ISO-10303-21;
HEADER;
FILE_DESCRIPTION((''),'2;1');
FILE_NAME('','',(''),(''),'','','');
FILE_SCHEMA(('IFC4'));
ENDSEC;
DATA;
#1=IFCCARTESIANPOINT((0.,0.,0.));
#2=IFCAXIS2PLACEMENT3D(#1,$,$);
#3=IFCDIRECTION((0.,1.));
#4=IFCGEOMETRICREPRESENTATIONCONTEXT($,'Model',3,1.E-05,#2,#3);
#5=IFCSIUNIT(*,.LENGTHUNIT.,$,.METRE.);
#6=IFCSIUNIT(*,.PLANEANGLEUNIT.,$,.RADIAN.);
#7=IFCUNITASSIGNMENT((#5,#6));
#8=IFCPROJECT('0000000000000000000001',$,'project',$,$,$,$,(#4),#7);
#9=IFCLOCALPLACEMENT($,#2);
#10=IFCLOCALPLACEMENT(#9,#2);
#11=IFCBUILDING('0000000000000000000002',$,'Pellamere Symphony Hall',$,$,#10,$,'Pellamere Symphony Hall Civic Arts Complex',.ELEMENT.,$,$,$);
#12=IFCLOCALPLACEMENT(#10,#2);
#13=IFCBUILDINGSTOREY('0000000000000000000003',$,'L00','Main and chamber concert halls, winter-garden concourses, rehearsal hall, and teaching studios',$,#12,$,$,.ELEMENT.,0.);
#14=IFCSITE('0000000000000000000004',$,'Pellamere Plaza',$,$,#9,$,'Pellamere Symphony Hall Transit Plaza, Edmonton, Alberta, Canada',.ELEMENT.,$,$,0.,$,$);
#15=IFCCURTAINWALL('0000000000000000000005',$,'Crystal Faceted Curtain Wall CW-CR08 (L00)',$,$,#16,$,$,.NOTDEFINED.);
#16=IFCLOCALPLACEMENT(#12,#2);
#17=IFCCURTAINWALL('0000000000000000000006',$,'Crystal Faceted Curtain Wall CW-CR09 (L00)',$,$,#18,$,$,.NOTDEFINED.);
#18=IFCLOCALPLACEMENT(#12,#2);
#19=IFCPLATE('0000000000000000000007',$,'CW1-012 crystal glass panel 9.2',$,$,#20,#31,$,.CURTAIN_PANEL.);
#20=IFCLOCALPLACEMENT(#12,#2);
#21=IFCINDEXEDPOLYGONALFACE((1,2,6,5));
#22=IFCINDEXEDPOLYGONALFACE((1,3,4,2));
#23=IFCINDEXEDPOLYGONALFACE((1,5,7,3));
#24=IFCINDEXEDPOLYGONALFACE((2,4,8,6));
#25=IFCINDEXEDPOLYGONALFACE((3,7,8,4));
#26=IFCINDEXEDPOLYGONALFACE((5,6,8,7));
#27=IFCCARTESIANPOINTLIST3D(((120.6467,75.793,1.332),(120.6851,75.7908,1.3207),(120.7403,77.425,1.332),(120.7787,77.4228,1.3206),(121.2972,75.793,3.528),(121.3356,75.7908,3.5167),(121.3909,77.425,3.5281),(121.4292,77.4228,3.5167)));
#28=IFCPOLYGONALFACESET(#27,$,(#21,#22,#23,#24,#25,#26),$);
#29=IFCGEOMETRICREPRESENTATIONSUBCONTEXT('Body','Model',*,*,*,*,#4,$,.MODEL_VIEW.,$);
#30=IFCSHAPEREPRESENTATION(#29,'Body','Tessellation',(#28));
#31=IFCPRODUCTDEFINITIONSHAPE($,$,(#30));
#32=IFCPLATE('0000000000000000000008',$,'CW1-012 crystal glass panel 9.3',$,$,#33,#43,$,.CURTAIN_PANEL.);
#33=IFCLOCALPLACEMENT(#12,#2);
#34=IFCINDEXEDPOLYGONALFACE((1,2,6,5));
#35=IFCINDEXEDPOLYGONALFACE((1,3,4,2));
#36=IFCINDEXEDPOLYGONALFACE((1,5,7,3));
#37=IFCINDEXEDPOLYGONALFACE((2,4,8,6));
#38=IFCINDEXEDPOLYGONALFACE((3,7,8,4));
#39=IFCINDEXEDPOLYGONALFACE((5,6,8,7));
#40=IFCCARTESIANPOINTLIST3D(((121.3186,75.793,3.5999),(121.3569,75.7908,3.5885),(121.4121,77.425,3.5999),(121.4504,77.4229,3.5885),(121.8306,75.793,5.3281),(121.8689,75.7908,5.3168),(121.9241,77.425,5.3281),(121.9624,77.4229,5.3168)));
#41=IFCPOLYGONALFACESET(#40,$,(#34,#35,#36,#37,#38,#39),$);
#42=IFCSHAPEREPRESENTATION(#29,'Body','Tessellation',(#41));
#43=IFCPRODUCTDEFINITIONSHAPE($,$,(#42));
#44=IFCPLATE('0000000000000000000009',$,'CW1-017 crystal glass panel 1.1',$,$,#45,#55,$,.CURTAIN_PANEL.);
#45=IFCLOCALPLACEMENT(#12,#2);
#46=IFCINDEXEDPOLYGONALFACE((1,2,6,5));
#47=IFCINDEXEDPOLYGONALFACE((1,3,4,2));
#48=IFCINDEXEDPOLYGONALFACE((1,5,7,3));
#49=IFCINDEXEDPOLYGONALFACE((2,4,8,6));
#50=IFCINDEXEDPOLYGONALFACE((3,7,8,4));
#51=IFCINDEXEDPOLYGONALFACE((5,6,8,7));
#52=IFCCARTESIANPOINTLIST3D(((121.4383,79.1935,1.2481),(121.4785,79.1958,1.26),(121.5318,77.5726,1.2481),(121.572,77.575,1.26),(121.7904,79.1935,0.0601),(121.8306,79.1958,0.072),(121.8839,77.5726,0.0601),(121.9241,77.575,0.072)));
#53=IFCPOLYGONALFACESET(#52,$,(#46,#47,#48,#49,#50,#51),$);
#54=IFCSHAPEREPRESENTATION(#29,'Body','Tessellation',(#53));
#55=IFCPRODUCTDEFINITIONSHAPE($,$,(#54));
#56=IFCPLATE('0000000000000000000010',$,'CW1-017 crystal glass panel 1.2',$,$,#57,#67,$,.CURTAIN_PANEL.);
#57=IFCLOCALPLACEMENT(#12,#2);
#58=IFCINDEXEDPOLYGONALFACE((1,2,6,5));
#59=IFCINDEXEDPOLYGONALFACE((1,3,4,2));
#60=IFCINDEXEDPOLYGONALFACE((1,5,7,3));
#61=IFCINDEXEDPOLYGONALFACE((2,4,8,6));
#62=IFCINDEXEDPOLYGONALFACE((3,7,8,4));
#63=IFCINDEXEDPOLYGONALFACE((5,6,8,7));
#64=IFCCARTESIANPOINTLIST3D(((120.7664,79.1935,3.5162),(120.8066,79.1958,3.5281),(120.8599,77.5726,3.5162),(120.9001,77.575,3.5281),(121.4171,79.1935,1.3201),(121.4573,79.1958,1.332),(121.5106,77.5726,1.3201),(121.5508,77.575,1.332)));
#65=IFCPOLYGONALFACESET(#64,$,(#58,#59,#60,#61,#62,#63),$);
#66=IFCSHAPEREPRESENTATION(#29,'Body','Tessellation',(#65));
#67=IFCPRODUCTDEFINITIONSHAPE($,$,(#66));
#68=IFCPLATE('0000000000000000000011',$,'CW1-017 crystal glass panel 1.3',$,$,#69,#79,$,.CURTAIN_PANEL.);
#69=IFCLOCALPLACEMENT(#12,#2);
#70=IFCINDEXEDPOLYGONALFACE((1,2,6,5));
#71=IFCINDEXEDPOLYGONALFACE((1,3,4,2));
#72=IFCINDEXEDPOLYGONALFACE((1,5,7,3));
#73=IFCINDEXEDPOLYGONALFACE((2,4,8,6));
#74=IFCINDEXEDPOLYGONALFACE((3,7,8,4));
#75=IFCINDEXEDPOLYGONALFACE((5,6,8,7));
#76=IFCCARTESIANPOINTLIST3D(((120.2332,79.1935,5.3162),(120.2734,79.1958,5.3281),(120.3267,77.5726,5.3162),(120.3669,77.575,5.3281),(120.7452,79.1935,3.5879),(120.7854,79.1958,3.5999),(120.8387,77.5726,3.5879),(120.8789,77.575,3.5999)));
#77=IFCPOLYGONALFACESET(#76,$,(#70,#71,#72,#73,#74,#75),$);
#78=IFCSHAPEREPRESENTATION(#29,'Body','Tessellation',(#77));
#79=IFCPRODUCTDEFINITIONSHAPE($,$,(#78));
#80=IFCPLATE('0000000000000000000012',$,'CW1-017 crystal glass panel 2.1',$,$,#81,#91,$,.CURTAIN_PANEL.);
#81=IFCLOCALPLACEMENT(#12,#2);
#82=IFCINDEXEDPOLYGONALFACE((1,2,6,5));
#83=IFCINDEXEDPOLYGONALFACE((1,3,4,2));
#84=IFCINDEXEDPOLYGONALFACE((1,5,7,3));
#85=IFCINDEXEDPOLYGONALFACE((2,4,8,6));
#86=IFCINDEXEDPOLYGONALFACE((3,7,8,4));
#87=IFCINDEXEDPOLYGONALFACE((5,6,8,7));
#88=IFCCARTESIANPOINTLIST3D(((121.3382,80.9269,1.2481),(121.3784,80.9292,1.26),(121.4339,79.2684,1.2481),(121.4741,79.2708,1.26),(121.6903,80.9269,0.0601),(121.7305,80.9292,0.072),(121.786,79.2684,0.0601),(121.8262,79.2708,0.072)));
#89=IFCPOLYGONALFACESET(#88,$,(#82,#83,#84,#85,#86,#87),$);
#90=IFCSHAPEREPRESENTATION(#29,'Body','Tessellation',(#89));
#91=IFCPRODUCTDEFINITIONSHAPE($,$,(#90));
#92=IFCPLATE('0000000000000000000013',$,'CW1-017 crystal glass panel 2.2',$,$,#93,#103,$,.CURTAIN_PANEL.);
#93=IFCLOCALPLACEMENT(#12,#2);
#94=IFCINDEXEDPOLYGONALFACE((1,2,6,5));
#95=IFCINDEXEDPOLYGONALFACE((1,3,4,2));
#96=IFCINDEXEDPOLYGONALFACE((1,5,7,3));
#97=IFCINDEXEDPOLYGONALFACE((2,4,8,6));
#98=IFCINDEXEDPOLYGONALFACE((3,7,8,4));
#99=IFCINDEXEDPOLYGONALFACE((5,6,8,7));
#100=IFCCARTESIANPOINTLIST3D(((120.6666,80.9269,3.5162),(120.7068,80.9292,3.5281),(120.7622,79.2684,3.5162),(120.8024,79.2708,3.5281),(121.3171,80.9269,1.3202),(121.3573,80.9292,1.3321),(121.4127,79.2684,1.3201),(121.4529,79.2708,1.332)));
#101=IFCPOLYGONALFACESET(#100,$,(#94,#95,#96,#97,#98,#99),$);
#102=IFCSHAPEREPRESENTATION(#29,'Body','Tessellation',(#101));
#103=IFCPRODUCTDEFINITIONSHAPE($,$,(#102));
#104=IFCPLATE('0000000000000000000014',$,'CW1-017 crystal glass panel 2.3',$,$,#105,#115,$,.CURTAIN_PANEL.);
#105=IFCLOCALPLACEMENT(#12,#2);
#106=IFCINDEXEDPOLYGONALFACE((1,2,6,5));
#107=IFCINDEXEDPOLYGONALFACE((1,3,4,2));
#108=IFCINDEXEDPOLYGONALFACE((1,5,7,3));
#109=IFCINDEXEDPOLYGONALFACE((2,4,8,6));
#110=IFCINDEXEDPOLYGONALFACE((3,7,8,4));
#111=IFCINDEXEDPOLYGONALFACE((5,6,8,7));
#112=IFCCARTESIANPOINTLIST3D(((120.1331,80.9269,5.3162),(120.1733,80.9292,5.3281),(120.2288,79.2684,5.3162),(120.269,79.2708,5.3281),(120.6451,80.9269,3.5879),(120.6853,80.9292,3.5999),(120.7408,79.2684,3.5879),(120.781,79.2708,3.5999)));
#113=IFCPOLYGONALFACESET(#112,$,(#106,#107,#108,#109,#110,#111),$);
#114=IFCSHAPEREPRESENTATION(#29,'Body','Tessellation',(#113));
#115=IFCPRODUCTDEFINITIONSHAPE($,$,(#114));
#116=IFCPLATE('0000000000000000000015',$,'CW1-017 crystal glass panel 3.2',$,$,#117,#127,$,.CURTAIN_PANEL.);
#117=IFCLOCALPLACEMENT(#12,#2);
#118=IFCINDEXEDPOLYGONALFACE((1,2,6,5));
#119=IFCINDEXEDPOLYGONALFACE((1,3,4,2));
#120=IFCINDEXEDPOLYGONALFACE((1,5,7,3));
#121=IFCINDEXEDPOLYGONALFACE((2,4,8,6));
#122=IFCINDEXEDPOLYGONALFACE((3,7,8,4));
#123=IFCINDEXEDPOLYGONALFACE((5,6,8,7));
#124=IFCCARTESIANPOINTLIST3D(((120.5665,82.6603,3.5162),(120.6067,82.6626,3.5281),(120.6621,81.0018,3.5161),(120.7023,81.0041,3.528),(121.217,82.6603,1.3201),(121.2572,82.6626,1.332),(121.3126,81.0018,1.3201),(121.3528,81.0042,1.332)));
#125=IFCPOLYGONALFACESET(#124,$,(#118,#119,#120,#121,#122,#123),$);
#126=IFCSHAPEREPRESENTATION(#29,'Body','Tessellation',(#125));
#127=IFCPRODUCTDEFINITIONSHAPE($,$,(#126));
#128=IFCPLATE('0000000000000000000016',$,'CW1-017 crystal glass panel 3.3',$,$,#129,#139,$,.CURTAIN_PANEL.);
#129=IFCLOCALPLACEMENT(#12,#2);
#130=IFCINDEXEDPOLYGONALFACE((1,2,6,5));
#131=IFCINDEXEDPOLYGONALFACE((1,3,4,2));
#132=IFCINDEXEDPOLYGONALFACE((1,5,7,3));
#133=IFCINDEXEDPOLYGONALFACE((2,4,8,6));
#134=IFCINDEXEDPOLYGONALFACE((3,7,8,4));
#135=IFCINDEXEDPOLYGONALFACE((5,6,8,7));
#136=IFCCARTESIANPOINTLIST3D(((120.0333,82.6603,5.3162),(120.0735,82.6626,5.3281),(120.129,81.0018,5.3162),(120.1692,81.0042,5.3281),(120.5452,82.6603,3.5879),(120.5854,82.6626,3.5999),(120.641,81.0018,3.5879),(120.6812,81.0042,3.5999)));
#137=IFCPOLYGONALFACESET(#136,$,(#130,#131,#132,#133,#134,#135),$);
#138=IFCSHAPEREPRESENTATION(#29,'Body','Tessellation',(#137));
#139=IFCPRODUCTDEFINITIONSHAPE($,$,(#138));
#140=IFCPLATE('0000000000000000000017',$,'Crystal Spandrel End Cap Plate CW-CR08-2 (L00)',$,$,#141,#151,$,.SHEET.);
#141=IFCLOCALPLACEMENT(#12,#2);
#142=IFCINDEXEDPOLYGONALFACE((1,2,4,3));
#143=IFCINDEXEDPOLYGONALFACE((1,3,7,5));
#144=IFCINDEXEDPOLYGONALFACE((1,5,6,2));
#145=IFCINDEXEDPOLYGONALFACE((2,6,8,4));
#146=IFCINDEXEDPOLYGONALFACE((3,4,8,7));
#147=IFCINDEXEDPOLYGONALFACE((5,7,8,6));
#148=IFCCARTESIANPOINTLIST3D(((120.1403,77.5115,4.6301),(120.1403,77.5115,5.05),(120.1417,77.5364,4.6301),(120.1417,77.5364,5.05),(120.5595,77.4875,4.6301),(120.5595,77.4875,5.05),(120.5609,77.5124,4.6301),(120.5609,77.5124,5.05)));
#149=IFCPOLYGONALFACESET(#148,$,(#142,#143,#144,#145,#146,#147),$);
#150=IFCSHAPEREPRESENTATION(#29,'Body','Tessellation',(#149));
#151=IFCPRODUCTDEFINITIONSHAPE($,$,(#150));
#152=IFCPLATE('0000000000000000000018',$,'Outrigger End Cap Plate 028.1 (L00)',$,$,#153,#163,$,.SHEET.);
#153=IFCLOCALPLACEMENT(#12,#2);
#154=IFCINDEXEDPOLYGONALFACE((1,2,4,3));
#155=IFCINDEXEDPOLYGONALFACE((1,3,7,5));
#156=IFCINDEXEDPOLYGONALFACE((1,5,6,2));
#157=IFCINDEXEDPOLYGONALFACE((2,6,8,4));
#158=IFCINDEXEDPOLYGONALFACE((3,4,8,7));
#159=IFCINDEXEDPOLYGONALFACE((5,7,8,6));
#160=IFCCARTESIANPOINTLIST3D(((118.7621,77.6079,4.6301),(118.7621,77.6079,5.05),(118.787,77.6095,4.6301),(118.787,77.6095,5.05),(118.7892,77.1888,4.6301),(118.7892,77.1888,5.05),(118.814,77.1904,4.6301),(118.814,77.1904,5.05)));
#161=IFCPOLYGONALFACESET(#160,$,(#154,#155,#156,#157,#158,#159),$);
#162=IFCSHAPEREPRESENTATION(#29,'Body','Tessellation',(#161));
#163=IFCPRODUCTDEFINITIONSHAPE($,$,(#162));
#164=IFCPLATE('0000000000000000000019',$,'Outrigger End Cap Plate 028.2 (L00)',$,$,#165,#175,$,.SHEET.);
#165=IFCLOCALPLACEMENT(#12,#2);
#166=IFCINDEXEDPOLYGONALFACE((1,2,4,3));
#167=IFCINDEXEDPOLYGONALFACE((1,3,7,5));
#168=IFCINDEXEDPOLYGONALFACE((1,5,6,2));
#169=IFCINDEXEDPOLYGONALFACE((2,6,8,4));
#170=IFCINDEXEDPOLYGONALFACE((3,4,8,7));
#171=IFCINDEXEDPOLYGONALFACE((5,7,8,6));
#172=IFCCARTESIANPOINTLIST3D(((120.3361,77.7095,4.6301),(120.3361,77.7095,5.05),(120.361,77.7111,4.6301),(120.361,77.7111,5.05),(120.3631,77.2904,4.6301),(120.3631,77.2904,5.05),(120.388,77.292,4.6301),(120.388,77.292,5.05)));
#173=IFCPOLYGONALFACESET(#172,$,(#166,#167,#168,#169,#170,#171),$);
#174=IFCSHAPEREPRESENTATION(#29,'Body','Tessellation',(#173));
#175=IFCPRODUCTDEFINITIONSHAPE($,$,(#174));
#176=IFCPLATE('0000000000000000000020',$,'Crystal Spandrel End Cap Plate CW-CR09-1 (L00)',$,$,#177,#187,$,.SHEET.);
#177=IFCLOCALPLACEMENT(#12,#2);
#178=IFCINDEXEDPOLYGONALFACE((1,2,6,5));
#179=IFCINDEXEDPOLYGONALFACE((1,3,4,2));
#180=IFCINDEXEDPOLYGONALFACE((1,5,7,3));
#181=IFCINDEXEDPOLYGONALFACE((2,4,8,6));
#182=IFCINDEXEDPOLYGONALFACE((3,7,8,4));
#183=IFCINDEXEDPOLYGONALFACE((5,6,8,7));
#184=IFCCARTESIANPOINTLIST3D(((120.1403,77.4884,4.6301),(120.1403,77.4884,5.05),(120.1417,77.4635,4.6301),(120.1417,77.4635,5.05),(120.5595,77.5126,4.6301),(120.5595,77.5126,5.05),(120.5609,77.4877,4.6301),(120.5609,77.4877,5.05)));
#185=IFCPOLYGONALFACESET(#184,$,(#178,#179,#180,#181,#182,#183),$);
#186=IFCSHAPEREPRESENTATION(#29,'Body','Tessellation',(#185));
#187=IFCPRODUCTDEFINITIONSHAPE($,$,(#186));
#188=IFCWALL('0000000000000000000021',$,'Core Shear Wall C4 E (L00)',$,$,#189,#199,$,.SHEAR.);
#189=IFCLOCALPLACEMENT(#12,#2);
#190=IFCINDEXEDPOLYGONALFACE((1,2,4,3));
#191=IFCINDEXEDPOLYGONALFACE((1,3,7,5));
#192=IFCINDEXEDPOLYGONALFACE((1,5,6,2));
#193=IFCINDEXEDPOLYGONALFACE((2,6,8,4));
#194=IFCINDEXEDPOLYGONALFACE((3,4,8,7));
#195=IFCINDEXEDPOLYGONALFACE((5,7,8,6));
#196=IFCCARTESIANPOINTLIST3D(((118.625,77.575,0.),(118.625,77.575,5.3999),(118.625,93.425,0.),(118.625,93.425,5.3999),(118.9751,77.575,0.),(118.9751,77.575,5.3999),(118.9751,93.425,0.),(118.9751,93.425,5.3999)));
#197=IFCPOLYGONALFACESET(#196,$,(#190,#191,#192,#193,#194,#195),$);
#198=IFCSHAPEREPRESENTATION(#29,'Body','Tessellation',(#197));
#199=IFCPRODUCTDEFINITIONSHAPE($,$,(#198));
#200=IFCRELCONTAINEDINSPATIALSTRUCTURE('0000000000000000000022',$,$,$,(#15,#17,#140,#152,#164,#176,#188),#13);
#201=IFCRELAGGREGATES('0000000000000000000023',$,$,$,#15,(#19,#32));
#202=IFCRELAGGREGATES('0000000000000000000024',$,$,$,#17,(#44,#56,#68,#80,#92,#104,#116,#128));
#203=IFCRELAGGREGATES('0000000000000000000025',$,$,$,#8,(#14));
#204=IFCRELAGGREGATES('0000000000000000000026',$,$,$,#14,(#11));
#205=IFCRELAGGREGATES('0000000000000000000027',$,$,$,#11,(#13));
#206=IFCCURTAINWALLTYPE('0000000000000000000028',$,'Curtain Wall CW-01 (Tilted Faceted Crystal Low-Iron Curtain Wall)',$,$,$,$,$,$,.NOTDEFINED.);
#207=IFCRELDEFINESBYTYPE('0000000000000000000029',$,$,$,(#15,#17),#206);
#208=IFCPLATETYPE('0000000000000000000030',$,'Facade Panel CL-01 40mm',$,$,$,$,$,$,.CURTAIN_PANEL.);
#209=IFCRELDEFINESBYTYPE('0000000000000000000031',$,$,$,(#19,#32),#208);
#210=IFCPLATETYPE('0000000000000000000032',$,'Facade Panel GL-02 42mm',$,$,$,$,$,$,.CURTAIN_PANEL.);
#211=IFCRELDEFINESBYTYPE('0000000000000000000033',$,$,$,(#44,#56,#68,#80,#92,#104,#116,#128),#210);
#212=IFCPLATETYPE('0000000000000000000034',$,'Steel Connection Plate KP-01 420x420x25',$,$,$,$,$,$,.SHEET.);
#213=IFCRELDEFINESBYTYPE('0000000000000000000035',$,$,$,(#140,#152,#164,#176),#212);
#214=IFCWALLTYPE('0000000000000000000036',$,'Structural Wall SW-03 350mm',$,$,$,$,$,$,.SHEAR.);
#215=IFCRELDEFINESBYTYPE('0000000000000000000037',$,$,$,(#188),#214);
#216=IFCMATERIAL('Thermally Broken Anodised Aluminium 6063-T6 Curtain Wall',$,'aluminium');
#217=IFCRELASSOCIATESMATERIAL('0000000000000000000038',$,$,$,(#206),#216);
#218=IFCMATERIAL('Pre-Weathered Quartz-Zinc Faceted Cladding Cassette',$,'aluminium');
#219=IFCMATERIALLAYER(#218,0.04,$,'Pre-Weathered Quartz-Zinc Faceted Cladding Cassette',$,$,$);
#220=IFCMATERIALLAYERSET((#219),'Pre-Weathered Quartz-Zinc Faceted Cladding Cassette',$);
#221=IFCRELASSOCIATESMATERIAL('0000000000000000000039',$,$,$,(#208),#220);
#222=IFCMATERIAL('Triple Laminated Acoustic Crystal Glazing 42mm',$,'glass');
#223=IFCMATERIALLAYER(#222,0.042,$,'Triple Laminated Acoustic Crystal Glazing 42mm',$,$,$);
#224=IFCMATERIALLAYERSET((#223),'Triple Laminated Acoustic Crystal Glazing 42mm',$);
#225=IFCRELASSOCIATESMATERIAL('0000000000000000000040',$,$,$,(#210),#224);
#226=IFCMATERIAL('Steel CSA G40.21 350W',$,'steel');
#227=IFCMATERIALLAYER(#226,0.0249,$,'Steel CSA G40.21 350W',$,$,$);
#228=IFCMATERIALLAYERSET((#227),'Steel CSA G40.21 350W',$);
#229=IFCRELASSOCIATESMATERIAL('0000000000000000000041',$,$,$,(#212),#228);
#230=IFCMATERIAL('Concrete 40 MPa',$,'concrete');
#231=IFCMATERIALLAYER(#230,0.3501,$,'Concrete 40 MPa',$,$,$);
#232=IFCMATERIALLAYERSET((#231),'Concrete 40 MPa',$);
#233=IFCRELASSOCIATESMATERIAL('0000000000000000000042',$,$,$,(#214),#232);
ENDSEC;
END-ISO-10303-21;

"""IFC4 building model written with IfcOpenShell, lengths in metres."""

from ifc_helpers import new_model, si_unit, direction, frame, frame_2d, origin, origin_2d, place, context, subcontext, project, spatial, polyline, rectangle, outline, extrude, material, layer, layer_set, type_object, element, aggregate, save


model = new_model("IFC4")

# Units and contexts
model_context = context("Model", 3, precision=1e-05, world=origin(), true_north=direction((0.0, 1.0)))
body_context = subcontext(model_context, "Body", "Model", "MODEL_VIEW")
ifc_project = project(units=[si_unit("LENGTHUNIT", "METRE"), si_unit("PLANEANGLEUNIT", "RADIAN")], contexts=[model_context])

# Site, building, storey
site_placement = place(None, origin())
site = spatial("IfcSite", under=ifc_project, at=site_placement, Name="Pellamere Plaza", LongName="Pellamere Symphony Hall Transit Plaza, Edmonton, Alberta, Canada", CompositionType="ELEMENT", RefElevation=0.0)
building_placement = place(site_placement, origin())
building = spatial("IfcBuilding", under=site, at=building_placement, Name="Pellamere Symphony Hall", LongName="Pellamere Symphony Hall Civic Arts Complex", CompositionType="ELEMENT")
storey_placement = place(building_placement, origin())
storey = spatial("IfcBuildingStorey", under=building, at=storey_placement, Name="L00", Description="Main and chamber concert halls, winter-garden concourses, rehearsal hall, and teaching studios", CompositionType="ELEMENT", Elevation=0.0)

# Shared definitions
ifc_material_1 = material(Name="Concrete 40 MPa", Category="concrete")

# Curtain wall
ifc_material_2 = material(Name="Thermally Broken Anodised Aluminium 6063-T6 Curtain Wall", Category="aluminium")
curtain_wall_type = type_object("IfcCurtainWallType", Name="Curtain Wall CW-01 (Tilted Faceted Crystal Low-Iron Curtain Wall)", PredefinedType="NOTDEFINED", material=ifc_material_2)
curtain_wall_1_placement = place(storey_placement, origin())
curtain_wall_1 = element("IfcCurtainWall", 1, at=curtain_wall_1_placement, inside=storey, type_object=curtain_wall_type, Name="Crystal Faceted Curtain Wall CW-CR08 (L00)", PredefinedType="NOTDEFINED")

# Curtain wall
curtain_wall_2_placement = place(storey_placement, origin())
curtain_wall_2 = element("IfcCurtainWall", 2, at=curtain_wall_2_placement, inside=storey, type_object=curtain_wall_type, Name="Crystal Faceted Curtain Wall CW-CR09 (L00)", PredefinedType="NOTDEFINED")

# Shared definitions
ifc_material_3 = material(Name="Steel CSA G40.21 350W", Category="steel")

# Plates
ifc_material_4 = material(Name="Pre-Weathered Quartz-Zinc Faceted Cladding Cassette", Category="aluminium")
ifc_layer_1 = layer(ifc_material_4, 0.04, Name="Pre-Weathered Quartz-Zinc Faceted Cladding Cassette")
ifc_layer_set_1 = layer_set([ifc_layer_1], Name="Pre-Weathered Quartz-Zinc Faceted Cladding Cassette")
plate_type_1 = type_object("IfcPlateType", Name="Facade Panel CL-01 40mm", PredefinedType="CURTAIN_PANEL", material=ifc_layer_set_1)
plate_1_placement = place(storey_placement, frame((120.6467, 75.793, 1.332), z_axis=(-0.957371, 0.054922, 0.283593), x_axis=(0.057267, 0.998359, -0.00002)))
plate_1 = element("IfcPlate", 3, at=plate_1_placement, type_object=plate_type_1, Name="CW1-012 crystal glass panel 9.2", PredefinedType="CURTAIN_PANEL", context=body_context, shape_type="SweptSolid", body=[
    extrude(outline(polyline([(0.0, 0.0), (1.6348, 0.0), (1.672, -2.2901), (0.0372, -2.29), (0.0, 0.0)])), origin(), (0.0, 0.0, -1.0), 0.04),
])
plate_2_placement = place(storey_placement, frame((121.3186, 75.793, 3.5999), z_axis=(-0.957372, 0.05485, 0.283601), x_axis=(0.057199, 0.998363, 0.0)))
plate_2 = element("IfcPlate", 4, at=plate_2_placement, type_object=plate_type_1, Name="CW1-012 crystal glass panel 9.3", PredefinedType="CURTAIN_PANEL", context=body_context, shape_type="SweptSolid", body=[
    extrude(outline(polyline([(0.0, 0.0), (1.6348, 0.0), (1.664, -1.8023), (0.0293, -1.8023), (0.0, 0.0)])), origin(), (0.0, 0.0, -1.0), 0.04),
])
aggregate(curtain_wall_1, [plate_1, plate_2])
ifc_material_5 = material(Name="Triple Laminated Acoustic Crystal Glazing 42mm", Category="glass")
ifc_layer_2 = layer(ifc_material_5, 0.042, Name="Triple Laminated Acoustic Crystal Glazing 42mm")
ifc_layer_set_2 = layer_set([ifc_layer_2], Name="Triple Laminated Acoustic Crystal Glazing 42mm")
plate_type_2 = type_object("IfcPlateType", Name="Facade Panel GL-02 42mm", PredefinedType="CURTAIN_PANEL", material=ifc_layer_set_2)
plate_3_placement = place(storey_placement, frame((121.9241, 77.575, 0.072), z_axis=(0.957323, 0.055227, 0.283695), x_axis=(-0.057594, 0.99834, 0.0)))
plate_3 = element("IfcPlate", 5, at=plate_3_placement, type_object=plate_type_2, Name="CW1-017 crystal glass panel 1.1", PredefinedType="CURTAIN_PANEL", context=body_context, shape_type="SweptSolid", body=[
    extrude(outline(polyline([(0.0, 0.0), (1.6235, 0.0), (1.6438, 1.2389), (0.0203, 1.2389), (0.0, 0.0)])), origin(), (0.0, 0.0, -1.0), 0.042),
])
plate_4_placement = place(storey_placement, frame((121.5508, 77.575, 1.332), z_axis=(0.95734, 0.055228, 0.283637), x_axis=(-0.057594, 0.99834, 0.0)))
plate_4 = element("IfcPlate", 6, at=plate_4_placement, type_object=plate_type_2, Name="CW1-017 crystal glass panel 1.2", PredefinedType="CURTAIN_PANEL", context=body_context, shape_type="SweptSolid", body=[
    extrude(outline(polyline([(0.0, 0.0), (1.6235, 0.0), (1.661, 2.2901), (0.0375, 2.2901), (0.0, 0.0)])), origin(), (0.0, 0.0, -1.0), 0.042),
])
plate_5_placement = place(storey_placement, frame((120.8789, 77.575, 3.5999), z_axis=(0.957352, 0.055229, 0.283595), x_axis=(-0.057594, 0.99834, 0.0)))
plate_5 = element("IfcPlate", 7, at=plate_5_placement, type_object=plate_type_2, Name="CW1-017 crystal glass panel 1.3", PredefinedType="CURTAIN_PANEL", context=body_context, shape_type="SweptSolid", body=[
    extrude(outline(polyline([(0.0, 0.0), (1.6235, 0.0), (1.653, 1.8023), (0.0295, 1.8023), (0.0, 0.0)])), origin(), (0.0, 0.0, -1.0), 0.042),
])
plate_6_placement = place(storey_placement, frame((121.8262, 79.2708, 0.072), z_axis=(0.957322, 0.055244, 0.283695), x_axis=(-0.057611, 0.998339, 0.0)))
plate_6 = element("IfcPlate", 8, at=plate_6_placement, type_object=plate_type_2, Name="CW1-017 crystal glass panel 2.1", PredefinedType="CURTAIN_PANEL", context=body_context, shape_type="SweptSolid", body=[
    extrude(outline(polyline([(0.0, 0.0), (1.6612, 0.0), (1.6815, 1.2389), (0.0203, 1.2389), (0.0, 0.0)])), origin(), (0.0, 0.0, -1.0), 0.042),
])
plate_7_placement = place(storey_placement, frame((121.4529, 79.2708, 1.332), z_axis=(0.957357, 0.055175, 0.283589), x_axis=(-0.057543, 0.998343, 0.00002)))
plate_7 = element("IfcPlate", 9, at=plate_7_placement, type_object=plate_type_2, Name="CW1-017 crystal glass panel 2.2", PredefinedType="CURTAIN_PANEL", context=body_context, shape_type="SweptSolid", body=[
    extrude(outline(polyline([(0.0, 0.0), (1.6612, 0.0), (1.6987, 2.29), (0.0375, 2.2901), (0.0, 0.0)])), origin(), (0.0, 0.0, -1.0), 0.042),
])
plate_8_placement = place(storey_placement, frame((120.781, 79.2708, 3.5999), z_axis=(0.957352, 0.055245, 0.283595), x_axis=(-0.057611, 0.998339, 0.0)))
plate_8 = element("IfcPlate", 10, at=plate_8_placement, type_object=plate_type_2, Name="CW1-017 crystal glass panel 2.3", PredefinedType="CURTAIN_PANEL", context=body_context, shape_type="SweptSolid", body=[
    extrude(outline(polyline([(0.0, 0.0), (1.6612, 0.0), (1.6907, 1.8023), (0.0295, 1.8023), (0.0, 0.0)])), origin(), (0.0, 0.0, -1.0), 0.042),
])
plate_9_placement = place(storey_placement, frame((121.3528, 81.0042, 1.332), z_axis=(0.957357, 0.055175, 0.283589), x_axis=(-0.057531, 0.998344, -0.00002)))
plate_9 = element("IfcPlate", 11, at=plate_9_placement, type_object=plate_type_2, Name="CW1-017 crystal glass panel 3.2", PredefinedType="CURTAIN_PANEL", context=body_context, shape_type="SweptSolid", body=[
    extrude(outline(polyline([(0.0, 0.0), (1.6612, 0.0), (1.6986, 2.2901), (0.0374, 2.29), (0.0, 0.0)])), origin(), (0.0, 0.0, -1.0), 0.042),
])
plate_10_placement = place(storey_placement, frame((120.6812, 81.0042, 3.5999), z_axis=(0.957352, 0.055245, 0.283595), x_axis=(-0.057611, 0.998339, 0.0)))
plate_10 = element("IfcPlate", 12, at=plate_10_placement, type_object=plate_type_2, Name="CW1-017 crystal glass panel 3.3", PredefinedType="CURTAIN_PANEL", context=body_context, shape_type="SweptSolid", body=[
    extrude(outline(polyline([(0.0, 0.0), (1.6612, 0.0), (1.6907, 1.8023), (0.0295, 1.8023), (0.0, 0.0)])), origin(), (0.0, 0.0, -1.0), 0.042),
])
aggregate(curtain_wall_2, [plate_3, plate_4, plate_5, plate_6, plate_7, plate_8, plate_9, plate_10])

# Plates
ifc_layer_3 = layer(ifc_material_3, 0.0249, Name="Steel CSA G40.21 350W")
ifc_layer_set_3 = layer_set([ifc_layer_3], Name="Steel CSA G40.21 350W")
plate_type_3 = type_object("IfcPlateType", Name="Steel Connection Plate KP-01 420x420x25", PredefinedType="SHEET", material=ifc_layer_set_3)
for number, where, z_axis, x_axis, name in (
    (13, (120.3506, 77.512, 4.6301), (0.0, 0.0, 1.0), (0.057216, 0.998362, 0.0), "Crystal Spandrel End Cap Plate CW-CR08-2 (L00)"),
    (14, (118.7881, 77.3992, 4.6301), (0.0, 0.0, 1.0), (0.997927, 0.064358, 0.0), "Outrigger End Cap Plate 028.1 (L00)"),
    (15, (120.3621, 77.5007, 4.6301), (0.0, 0.0, 1.0), (0.997927, 0.064358, 0.0), "Outrigger End Cap Plate 028.2 (L00)"),
    (16, (120.3506, 77.488, 4.6301), (0.0, 0.0, 1.0), (-0.057564, 0.998342, 0.0), "Crystal Spandrel End Cap Plate CW-CR09-1 (L00)"),
):
    element("IfcPlate", number, at=place(storey_placement, frame(where, z_axis=z_axis, x_axis=x_axis)), inside=storey, type_object=plate_type_3, Name=name, PredefinedType="SHEET", context=body_context, shape_type="SweptSolid", body=[
        extrude(rectangle(XDim=0.0249, YDim=0.4199, at=origin_2d()), origin(), (0.0, 0.0, 1.0), 0.4199),
    ])

# Wall
ifc_layer_4 = layer(ifc_material_1, 0.3501, Name="Concrete 40 MPa")
ifc_layer_set_4 = layer_set([ifc_layer_4], Name="Concrete 40 MPa")
wall_type = type_object("IfcWallType", Name="Structural Wall SW-03 350mm", PredefinedType="SHEAR", material=ifc_layer_set_4)
wall_placement = place(storey_placement, frame((118.8, 77.575, 0.0), z_axis=(0.0, 0.0, 1.0), x_axis=(0.0, 1.0, 0.0)))
element("IfcWall", 17, at=wall_placement, inside=storey, type_object=wall_type, Name="Core Shear Wall C4 E (L00)", PredefinedType="SHEAR", context=body_context, shape_type="SweptSolid", body=[
    extrude(rectangle(XDim=15.8501, YDim=0.3501, at=frame_2d((7.925, 0.0))), origin(), (0.0, 0.0, 1.0), 5.3999),
])

save(model, "model.ifc")
